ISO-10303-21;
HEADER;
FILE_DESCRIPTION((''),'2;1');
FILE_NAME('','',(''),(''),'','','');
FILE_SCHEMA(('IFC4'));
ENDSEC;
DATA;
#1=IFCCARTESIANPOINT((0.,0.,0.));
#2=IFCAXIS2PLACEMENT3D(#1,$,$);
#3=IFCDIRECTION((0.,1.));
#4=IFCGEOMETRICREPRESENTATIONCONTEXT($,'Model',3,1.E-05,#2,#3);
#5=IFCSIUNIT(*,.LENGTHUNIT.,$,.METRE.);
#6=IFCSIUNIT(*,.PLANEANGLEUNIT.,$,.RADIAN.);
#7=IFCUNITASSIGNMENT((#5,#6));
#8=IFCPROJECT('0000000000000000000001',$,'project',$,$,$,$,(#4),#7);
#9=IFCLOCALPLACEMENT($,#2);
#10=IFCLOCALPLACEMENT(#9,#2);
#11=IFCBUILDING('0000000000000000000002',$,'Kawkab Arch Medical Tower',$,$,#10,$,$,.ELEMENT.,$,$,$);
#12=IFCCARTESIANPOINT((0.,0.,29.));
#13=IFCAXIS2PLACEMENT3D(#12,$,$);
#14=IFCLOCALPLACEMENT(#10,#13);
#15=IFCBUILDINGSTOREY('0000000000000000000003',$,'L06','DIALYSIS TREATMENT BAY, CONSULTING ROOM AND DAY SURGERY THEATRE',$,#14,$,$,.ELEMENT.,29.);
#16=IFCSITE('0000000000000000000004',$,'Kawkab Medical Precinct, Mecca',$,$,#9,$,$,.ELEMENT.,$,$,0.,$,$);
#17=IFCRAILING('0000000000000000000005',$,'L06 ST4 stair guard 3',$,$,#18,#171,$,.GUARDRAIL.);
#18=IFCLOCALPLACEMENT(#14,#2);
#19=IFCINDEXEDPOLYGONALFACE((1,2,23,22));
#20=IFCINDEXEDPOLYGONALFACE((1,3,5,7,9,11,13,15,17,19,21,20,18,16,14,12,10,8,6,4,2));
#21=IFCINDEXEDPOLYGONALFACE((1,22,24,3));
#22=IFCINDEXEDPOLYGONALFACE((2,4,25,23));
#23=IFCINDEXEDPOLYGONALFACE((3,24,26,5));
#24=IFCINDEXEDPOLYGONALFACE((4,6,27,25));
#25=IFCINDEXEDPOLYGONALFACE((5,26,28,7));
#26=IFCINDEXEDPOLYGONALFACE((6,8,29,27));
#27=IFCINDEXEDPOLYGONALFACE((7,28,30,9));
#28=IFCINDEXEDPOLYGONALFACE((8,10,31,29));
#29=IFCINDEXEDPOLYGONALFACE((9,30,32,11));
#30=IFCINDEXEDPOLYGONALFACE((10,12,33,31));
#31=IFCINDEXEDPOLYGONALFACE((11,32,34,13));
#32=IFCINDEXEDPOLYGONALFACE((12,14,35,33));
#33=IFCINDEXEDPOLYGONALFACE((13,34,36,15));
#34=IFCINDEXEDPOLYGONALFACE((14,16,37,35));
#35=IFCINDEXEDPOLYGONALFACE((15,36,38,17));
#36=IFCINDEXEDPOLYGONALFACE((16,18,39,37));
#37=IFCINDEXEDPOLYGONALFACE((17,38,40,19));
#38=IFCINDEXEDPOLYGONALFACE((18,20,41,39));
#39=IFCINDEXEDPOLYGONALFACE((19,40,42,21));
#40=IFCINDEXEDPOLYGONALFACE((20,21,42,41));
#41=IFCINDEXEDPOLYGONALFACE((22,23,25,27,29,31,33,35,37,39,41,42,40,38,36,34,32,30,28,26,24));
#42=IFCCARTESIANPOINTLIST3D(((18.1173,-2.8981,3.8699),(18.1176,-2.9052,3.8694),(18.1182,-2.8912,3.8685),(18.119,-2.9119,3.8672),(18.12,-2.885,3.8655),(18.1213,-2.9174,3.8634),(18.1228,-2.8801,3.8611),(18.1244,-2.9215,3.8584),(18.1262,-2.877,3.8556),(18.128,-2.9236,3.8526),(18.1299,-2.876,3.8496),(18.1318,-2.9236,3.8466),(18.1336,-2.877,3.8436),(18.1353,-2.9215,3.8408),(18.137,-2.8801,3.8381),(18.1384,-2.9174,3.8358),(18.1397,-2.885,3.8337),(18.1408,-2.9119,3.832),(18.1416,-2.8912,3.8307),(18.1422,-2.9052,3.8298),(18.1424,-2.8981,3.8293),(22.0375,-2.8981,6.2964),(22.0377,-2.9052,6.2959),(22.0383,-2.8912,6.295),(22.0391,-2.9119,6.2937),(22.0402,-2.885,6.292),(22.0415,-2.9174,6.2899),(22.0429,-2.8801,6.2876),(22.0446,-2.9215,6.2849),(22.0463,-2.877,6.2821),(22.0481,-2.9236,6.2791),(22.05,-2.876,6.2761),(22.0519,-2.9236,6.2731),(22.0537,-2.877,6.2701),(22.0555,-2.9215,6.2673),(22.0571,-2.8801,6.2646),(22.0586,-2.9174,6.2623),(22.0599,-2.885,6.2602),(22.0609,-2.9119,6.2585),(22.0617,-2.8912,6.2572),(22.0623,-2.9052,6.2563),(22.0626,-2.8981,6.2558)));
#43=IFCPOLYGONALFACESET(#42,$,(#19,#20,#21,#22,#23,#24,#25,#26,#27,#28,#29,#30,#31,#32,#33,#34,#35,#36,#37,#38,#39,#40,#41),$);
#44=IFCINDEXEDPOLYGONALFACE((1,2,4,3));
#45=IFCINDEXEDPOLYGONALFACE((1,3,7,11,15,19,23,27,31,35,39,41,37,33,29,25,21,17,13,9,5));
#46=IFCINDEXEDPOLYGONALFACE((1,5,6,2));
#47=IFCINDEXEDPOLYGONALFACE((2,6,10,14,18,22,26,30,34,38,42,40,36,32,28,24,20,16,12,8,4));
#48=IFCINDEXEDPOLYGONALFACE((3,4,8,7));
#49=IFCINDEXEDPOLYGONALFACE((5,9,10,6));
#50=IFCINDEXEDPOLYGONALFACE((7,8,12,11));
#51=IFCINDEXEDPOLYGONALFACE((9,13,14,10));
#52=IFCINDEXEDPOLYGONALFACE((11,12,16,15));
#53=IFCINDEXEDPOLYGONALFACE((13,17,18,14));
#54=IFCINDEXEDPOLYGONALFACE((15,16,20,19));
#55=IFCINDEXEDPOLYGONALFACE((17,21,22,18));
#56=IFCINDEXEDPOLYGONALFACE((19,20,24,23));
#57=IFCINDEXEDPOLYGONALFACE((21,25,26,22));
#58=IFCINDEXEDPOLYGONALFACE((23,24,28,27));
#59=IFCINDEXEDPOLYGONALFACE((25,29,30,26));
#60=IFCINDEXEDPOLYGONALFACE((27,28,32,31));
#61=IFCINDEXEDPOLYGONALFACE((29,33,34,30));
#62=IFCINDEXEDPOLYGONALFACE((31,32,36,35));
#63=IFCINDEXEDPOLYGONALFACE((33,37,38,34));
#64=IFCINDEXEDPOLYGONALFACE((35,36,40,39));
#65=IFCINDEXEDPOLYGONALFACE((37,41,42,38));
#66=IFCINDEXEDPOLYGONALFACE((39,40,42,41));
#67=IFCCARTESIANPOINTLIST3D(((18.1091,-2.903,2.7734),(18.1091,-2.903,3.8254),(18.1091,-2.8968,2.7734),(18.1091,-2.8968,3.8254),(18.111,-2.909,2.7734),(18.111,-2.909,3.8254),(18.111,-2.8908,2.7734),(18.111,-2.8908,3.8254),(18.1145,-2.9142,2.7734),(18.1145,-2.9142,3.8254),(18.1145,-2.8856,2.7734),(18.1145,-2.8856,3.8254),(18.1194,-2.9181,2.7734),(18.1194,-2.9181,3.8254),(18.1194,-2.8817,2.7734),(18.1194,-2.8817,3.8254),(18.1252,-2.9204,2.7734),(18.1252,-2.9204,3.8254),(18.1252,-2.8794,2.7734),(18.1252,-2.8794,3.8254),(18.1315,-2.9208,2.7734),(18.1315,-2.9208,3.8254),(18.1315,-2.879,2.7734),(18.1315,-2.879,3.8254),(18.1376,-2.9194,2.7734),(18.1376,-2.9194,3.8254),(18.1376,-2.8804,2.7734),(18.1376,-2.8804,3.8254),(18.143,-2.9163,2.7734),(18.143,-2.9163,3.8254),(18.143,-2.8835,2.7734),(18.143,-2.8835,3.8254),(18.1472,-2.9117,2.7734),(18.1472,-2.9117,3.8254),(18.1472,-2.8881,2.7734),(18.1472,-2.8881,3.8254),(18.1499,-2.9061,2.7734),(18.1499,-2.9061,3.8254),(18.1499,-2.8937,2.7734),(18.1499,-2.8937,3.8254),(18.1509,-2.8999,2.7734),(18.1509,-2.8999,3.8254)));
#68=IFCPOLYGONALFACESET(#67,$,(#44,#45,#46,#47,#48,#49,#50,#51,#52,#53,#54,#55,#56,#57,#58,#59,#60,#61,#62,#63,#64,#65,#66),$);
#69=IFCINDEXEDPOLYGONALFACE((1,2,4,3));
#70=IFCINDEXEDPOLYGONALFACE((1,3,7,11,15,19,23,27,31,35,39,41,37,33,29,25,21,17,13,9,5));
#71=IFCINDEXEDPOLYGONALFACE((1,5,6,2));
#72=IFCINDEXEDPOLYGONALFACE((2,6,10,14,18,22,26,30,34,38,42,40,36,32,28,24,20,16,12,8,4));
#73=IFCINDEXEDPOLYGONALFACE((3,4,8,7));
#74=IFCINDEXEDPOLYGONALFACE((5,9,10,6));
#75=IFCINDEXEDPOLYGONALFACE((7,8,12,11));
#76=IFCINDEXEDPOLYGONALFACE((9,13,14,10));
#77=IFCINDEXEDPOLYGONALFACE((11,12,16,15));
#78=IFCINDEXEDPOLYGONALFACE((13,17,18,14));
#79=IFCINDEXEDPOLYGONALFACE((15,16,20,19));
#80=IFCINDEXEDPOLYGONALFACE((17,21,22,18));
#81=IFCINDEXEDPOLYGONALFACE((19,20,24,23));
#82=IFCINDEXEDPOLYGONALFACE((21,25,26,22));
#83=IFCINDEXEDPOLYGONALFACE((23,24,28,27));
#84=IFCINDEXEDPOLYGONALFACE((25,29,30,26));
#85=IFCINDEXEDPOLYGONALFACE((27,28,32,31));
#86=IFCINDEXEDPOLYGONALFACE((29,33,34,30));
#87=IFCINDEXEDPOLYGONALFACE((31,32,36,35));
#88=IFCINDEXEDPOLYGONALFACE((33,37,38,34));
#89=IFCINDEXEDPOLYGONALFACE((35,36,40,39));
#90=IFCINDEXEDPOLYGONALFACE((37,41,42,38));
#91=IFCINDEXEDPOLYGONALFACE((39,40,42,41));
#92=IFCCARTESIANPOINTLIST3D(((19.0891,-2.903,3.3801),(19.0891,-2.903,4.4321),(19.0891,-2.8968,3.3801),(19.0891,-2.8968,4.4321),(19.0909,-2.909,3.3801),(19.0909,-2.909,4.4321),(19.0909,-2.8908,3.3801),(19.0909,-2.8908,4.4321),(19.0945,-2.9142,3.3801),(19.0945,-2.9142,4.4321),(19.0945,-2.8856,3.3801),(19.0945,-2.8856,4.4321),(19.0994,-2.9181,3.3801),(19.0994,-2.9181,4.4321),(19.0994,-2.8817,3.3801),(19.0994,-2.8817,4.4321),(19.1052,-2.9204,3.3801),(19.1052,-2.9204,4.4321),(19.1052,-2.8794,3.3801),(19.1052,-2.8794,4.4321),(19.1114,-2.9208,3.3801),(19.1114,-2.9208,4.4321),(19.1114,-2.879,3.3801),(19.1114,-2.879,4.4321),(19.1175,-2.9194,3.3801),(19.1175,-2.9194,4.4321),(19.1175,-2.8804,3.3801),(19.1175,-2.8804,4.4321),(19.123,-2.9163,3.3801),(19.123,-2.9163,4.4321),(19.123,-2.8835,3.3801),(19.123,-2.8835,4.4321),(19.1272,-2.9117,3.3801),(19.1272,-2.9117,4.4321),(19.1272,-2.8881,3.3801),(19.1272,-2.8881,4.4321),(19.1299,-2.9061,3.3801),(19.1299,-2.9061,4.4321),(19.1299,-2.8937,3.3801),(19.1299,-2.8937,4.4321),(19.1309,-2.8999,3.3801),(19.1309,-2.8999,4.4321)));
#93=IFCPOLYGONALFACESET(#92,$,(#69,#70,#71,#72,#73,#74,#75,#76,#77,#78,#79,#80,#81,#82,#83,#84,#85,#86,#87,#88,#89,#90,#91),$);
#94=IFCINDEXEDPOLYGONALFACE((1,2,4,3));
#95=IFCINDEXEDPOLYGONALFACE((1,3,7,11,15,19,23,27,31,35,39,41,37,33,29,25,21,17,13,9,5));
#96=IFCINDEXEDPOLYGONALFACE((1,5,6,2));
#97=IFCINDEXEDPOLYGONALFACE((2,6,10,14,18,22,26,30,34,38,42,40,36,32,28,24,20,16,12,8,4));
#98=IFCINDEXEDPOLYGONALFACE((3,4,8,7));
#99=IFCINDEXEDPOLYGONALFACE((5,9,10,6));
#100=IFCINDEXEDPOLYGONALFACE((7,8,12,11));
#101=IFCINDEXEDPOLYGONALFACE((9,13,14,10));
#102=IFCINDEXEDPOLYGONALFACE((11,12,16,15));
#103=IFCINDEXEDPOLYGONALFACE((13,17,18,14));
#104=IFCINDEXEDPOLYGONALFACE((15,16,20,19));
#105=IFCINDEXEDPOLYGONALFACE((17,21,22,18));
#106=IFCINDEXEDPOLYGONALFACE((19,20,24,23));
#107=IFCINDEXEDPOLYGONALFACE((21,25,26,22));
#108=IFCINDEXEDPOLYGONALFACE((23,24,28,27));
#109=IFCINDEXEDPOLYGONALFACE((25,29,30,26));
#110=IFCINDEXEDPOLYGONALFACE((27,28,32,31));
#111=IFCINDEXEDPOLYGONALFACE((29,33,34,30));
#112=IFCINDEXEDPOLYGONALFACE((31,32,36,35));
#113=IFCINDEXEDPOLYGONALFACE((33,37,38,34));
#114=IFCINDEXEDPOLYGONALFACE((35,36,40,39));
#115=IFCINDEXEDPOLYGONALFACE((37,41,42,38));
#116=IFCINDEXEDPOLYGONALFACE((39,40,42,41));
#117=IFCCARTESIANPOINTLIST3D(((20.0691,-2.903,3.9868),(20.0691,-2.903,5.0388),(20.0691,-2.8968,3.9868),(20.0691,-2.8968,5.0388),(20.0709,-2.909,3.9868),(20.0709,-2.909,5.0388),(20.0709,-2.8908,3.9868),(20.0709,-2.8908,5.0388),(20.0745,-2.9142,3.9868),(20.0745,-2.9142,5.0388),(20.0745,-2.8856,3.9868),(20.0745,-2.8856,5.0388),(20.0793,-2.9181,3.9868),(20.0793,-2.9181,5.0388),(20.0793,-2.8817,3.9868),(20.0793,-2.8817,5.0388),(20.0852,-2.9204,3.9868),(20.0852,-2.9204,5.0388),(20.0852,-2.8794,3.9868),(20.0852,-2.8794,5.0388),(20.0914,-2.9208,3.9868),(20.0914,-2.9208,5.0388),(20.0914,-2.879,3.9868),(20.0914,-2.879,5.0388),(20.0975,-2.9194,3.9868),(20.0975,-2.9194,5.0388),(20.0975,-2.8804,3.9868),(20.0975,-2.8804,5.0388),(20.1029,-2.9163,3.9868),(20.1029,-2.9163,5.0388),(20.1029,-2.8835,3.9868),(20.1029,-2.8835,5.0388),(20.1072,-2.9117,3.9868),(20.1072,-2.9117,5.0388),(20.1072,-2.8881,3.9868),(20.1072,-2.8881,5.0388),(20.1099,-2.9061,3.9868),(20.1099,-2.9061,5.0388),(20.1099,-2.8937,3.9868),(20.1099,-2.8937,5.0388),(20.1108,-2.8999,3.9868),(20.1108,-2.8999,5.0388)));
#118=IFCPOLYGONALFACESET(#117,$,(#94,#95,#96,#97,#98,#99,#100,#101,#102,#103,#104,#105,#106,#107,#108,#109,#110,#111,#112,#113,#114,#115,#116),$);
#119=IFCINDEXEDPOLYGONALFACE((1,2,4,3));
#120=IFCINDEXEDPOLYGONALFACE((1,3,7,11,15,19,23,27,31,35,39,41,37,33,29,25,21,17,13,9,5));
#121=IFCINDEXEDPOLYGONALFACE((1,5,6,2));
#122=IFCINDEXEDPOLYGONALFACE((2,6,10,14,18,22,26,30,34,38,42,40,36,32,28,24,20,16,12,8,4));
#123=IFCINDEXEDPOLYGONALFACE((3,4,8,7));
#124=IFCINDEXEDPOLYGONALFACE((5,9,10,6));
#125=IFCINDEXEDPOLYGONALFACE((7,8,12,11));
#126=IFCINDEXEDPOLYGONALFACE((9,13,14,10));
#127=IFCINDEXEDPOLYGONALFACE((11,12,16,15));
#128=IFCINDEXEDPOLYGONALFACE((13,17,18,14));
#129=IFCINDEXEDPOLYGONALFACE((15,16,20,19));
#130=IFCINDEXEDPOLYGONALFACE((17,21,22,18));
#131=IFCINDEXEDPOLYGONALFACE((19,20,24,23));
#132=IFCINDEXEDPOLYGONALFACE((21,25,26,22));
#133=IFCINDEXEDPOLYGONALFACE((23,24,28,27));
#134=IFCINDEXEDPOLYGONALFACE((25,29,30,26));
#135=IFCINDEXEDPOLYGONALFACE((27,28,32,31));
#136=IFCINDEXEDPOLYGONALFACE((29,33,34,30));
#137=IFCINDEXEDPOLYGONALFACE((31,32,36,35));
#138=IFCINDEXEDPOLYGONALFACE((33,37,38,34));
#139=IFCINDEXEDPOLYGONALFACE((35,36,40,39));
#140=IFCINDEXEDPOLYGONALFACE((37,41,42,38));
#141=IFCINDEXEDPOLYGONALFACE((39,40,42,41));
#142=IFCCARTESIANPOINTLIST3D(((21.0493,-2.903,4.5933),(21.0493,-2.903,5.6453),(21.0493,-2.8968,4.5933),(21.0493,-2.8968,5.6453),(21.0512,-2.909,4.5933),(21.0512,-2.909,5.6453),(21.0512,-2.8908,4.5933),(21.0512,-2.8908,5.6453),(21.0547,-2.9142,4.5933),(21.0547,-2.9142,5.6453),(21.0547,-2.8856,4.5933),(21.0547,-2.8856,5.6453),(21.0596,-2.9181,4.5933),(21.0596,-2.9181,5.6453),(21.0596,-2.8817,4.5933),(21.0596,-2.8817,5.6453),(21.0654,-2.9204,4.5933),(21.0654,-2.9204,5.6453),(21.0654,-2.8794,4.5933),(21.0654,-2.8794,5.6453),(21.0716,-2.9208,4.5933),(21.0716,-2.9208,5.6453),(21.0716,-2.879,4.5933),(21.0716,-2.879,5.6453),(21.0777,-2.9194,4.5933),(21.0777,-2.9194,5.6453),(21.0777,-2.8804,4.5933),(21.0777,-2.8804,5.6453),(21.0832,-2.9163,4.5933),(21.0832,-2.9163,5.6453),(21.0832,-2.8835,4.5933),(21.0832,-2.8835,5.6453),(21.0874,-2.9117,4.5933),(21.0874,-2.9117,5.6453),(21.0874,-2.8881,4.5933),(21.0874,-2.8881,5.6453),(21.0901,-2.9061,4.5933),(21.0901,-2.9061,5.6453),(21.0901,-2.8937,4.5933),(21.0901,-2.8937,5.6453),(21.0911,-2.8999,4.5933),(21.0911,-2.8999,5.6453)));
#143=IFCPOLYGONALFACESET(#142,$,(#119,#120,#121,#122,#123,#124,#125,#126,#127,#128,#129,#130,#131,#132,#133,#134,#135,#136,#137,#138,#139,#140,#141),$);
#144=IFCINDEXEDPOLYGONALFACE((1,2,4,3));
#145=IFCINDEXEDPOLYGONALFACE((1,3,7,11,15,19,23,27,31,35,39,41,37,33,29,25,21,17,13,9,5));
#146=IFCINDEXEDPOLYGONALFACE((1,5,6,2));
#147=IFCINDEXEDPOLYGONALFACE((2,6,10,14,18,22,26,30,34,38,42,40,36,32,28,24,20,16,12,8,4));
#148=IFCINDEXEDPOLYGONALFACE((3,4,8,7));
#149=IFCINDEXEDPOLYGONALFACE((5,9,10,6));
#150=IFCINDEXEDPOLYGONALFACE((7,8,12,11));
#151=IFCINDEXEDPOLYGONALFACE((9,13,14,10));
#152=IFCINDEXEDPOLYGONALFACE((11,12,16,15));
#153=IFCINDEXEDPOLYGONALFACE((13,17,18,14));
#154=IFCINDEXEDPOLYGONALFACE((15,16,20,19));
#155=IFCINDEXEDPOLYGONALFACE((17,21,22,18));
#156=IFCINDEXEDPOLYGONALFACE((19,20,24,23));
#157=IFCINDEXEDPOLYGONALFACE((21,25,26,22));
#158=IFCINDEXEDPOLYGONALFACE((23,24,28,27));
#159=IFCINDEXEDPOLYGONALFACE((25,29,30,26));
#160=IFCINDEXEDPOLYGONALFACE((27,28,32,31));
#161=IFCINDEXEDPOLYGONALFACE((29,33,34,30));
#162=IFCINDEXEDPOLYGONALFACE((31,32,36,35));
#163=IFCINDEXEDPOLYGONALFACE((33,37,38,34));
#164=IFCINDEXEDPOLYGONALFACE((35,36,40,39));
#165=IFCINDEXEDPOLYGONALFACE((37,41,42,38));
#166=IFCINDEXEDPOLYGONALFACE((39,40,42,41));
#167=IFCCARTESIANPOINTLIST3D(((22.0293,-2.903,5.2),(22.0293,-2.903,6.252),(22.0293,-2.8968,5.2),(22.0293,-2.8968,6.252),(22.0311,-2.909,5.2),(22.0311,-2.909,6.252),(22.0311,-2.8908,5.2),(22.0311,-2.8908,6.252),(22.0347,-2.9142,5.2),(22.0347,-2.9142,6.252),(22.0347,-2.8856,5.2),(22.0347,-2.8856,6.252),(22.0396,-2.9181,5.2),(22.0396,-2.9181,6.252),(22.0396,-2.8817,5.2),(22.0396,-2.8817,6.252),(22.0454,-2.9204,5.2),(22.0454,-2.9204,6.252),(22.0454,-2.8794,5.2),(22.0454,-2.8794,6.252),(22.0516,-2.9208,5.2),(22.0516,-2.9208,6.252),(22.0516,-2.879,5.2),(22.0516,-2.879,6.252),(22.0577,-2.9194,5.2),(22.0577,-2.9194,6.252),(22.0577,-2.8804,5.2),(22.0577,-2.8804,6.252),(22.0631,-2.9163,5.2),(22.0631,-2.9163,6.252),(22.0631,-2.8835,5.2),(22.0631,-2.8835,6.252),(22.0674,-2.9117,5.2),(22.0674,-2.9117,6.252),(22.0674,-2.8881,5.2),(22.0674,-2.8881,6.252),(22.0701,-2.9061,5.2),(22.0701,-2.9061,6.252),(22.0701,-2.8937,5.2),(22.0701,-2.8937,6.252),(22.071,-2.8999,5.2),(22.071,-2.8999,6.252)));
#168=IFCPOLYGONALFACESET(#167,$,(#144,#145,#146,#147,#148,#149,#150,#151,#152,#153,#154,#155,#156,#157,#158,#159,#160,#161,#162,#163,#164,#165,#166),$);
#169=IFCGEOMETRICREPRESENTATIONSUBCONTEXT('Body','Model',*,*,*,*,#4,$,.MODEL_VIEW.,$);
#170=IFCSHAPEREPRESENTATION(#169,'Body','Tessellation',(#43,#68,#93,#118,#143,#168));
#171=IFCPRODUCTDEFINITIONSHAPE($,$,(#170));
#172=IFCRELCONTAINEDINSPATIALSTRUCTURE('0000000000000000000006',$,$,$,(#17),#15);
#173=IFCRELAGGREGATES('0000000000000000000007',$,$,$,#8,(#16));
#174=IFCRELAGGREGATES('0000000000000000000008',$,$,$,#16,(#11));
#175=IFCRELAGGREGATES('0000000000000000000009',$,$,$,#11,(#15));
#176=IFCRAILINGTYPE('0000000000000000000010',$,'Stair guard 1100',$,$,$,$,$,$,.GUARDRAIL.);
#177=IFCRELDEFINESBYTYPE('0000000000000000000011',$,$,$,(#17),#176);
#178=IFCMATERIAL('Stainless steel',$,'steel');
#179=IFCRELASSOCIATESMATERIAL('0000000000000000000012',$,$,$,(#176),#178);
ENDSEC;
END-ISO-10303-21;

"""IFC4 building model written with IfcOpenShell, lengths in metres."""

from ifc_helpers import new_model, si_unit, direction, frame, origin, origin_2d, place, context, subcontext, project, spatial, circle, extrude, material, type_object, element, save


model = new_model("IFC4")

# Units and contexts
model_context = context("Model", 3, precision=1e-05, world=origin(), true_north=direction((0.0, 1.0)))
body_context = subcontext(model_context, "Body", "Model", "MODEL_VIEW")
ifc_project = project(units=[si_unit("LENGTHUNIT", "METRE"), si_unit("PLANEANGLEUNIT", "RADIAN")], contexts=[model_context])

# Site, building, storey
site_placement = place(None, origin())
site = spatial("IfcSite", under=ifc_project, at=site_placement, Name="Kawkab Medical Precinct, Mecca", CompositionType="ELEMENT", RefElevation=0.0)
building_placement = place(site_placement, origin())
building = spatial("IfcBuilding", under=site, at=building_placement, Name="Kawkab Arch Medical Tower", CompositionType="ELEMENT")
storey_placement = place(building_placement, frame((0.0, 0.0, 29.0)))
storey = spatial("IfcBuildingStorey", under=building, at=storey_placement, Name="L06", Description="DIALYSIS TREATMENT BAY, CONSULTING ROOM AND DAY SURGERY THEATRE", CompositionType="ELEMENT", Elevation=29.0)

# Railing
ifc_material_1 = material(Name="Stainless steel", Category="steel")
railing_type = type_object("IfcRailingType", Name="Stair guard 1100", PredefinedType="GUARDRAIL", material=ifc_material_1)
railing_1_placement = place(storey_placement, frame((18.1299, -2.8999, 2.7734)))
element("IfcRailing", 1, at=railing_1_placement, inside=storey, type_object=railing_type, Name="L06 ST4 stair guard 3", PredefinedType="GUARDRAIL", context=body_context, shape_type="SweptSolid", body=[
    extrude(circle(Radius=0.0239, at=origin_2d()), frame((0.0, 0.0, 1.0762), z_axis=(0.85029, 0.0, 0.526315), x_axis=(0.0, 1.0, 0.0)), (0.0, 0.0, 1.0), 4.6104),
    extrude(circle(Radius=0.021, at=origin_2d()), origin(), (0.0, 0.0, 1.0), 1.052),
    extrude(circle(Radius=0.021, at=origin_2d()), frame((0.98, 0.0, 0.6067)), (0.0, 0.0, 1.0), 1.052),
    extrude(circle(Radius=0.021, at=origin_2d()), frame((1.96, 0.0, 1.2134)), (0.0, 0.0, 1.0), 1.052),
    extrude(circle(Radius=0.021, at=origin_2d()), frame((2.9402, 0.0, 1.8198)), (0.0, 0.0, 1.0), 1.052),
    extrude(circle(Radius=0.021, at=origin_2d()), frame((3.9202, 0.0, 2.4265)), (0.0, 0.0, 1.0), 1.052),
])

save(model, "model.ifc")
